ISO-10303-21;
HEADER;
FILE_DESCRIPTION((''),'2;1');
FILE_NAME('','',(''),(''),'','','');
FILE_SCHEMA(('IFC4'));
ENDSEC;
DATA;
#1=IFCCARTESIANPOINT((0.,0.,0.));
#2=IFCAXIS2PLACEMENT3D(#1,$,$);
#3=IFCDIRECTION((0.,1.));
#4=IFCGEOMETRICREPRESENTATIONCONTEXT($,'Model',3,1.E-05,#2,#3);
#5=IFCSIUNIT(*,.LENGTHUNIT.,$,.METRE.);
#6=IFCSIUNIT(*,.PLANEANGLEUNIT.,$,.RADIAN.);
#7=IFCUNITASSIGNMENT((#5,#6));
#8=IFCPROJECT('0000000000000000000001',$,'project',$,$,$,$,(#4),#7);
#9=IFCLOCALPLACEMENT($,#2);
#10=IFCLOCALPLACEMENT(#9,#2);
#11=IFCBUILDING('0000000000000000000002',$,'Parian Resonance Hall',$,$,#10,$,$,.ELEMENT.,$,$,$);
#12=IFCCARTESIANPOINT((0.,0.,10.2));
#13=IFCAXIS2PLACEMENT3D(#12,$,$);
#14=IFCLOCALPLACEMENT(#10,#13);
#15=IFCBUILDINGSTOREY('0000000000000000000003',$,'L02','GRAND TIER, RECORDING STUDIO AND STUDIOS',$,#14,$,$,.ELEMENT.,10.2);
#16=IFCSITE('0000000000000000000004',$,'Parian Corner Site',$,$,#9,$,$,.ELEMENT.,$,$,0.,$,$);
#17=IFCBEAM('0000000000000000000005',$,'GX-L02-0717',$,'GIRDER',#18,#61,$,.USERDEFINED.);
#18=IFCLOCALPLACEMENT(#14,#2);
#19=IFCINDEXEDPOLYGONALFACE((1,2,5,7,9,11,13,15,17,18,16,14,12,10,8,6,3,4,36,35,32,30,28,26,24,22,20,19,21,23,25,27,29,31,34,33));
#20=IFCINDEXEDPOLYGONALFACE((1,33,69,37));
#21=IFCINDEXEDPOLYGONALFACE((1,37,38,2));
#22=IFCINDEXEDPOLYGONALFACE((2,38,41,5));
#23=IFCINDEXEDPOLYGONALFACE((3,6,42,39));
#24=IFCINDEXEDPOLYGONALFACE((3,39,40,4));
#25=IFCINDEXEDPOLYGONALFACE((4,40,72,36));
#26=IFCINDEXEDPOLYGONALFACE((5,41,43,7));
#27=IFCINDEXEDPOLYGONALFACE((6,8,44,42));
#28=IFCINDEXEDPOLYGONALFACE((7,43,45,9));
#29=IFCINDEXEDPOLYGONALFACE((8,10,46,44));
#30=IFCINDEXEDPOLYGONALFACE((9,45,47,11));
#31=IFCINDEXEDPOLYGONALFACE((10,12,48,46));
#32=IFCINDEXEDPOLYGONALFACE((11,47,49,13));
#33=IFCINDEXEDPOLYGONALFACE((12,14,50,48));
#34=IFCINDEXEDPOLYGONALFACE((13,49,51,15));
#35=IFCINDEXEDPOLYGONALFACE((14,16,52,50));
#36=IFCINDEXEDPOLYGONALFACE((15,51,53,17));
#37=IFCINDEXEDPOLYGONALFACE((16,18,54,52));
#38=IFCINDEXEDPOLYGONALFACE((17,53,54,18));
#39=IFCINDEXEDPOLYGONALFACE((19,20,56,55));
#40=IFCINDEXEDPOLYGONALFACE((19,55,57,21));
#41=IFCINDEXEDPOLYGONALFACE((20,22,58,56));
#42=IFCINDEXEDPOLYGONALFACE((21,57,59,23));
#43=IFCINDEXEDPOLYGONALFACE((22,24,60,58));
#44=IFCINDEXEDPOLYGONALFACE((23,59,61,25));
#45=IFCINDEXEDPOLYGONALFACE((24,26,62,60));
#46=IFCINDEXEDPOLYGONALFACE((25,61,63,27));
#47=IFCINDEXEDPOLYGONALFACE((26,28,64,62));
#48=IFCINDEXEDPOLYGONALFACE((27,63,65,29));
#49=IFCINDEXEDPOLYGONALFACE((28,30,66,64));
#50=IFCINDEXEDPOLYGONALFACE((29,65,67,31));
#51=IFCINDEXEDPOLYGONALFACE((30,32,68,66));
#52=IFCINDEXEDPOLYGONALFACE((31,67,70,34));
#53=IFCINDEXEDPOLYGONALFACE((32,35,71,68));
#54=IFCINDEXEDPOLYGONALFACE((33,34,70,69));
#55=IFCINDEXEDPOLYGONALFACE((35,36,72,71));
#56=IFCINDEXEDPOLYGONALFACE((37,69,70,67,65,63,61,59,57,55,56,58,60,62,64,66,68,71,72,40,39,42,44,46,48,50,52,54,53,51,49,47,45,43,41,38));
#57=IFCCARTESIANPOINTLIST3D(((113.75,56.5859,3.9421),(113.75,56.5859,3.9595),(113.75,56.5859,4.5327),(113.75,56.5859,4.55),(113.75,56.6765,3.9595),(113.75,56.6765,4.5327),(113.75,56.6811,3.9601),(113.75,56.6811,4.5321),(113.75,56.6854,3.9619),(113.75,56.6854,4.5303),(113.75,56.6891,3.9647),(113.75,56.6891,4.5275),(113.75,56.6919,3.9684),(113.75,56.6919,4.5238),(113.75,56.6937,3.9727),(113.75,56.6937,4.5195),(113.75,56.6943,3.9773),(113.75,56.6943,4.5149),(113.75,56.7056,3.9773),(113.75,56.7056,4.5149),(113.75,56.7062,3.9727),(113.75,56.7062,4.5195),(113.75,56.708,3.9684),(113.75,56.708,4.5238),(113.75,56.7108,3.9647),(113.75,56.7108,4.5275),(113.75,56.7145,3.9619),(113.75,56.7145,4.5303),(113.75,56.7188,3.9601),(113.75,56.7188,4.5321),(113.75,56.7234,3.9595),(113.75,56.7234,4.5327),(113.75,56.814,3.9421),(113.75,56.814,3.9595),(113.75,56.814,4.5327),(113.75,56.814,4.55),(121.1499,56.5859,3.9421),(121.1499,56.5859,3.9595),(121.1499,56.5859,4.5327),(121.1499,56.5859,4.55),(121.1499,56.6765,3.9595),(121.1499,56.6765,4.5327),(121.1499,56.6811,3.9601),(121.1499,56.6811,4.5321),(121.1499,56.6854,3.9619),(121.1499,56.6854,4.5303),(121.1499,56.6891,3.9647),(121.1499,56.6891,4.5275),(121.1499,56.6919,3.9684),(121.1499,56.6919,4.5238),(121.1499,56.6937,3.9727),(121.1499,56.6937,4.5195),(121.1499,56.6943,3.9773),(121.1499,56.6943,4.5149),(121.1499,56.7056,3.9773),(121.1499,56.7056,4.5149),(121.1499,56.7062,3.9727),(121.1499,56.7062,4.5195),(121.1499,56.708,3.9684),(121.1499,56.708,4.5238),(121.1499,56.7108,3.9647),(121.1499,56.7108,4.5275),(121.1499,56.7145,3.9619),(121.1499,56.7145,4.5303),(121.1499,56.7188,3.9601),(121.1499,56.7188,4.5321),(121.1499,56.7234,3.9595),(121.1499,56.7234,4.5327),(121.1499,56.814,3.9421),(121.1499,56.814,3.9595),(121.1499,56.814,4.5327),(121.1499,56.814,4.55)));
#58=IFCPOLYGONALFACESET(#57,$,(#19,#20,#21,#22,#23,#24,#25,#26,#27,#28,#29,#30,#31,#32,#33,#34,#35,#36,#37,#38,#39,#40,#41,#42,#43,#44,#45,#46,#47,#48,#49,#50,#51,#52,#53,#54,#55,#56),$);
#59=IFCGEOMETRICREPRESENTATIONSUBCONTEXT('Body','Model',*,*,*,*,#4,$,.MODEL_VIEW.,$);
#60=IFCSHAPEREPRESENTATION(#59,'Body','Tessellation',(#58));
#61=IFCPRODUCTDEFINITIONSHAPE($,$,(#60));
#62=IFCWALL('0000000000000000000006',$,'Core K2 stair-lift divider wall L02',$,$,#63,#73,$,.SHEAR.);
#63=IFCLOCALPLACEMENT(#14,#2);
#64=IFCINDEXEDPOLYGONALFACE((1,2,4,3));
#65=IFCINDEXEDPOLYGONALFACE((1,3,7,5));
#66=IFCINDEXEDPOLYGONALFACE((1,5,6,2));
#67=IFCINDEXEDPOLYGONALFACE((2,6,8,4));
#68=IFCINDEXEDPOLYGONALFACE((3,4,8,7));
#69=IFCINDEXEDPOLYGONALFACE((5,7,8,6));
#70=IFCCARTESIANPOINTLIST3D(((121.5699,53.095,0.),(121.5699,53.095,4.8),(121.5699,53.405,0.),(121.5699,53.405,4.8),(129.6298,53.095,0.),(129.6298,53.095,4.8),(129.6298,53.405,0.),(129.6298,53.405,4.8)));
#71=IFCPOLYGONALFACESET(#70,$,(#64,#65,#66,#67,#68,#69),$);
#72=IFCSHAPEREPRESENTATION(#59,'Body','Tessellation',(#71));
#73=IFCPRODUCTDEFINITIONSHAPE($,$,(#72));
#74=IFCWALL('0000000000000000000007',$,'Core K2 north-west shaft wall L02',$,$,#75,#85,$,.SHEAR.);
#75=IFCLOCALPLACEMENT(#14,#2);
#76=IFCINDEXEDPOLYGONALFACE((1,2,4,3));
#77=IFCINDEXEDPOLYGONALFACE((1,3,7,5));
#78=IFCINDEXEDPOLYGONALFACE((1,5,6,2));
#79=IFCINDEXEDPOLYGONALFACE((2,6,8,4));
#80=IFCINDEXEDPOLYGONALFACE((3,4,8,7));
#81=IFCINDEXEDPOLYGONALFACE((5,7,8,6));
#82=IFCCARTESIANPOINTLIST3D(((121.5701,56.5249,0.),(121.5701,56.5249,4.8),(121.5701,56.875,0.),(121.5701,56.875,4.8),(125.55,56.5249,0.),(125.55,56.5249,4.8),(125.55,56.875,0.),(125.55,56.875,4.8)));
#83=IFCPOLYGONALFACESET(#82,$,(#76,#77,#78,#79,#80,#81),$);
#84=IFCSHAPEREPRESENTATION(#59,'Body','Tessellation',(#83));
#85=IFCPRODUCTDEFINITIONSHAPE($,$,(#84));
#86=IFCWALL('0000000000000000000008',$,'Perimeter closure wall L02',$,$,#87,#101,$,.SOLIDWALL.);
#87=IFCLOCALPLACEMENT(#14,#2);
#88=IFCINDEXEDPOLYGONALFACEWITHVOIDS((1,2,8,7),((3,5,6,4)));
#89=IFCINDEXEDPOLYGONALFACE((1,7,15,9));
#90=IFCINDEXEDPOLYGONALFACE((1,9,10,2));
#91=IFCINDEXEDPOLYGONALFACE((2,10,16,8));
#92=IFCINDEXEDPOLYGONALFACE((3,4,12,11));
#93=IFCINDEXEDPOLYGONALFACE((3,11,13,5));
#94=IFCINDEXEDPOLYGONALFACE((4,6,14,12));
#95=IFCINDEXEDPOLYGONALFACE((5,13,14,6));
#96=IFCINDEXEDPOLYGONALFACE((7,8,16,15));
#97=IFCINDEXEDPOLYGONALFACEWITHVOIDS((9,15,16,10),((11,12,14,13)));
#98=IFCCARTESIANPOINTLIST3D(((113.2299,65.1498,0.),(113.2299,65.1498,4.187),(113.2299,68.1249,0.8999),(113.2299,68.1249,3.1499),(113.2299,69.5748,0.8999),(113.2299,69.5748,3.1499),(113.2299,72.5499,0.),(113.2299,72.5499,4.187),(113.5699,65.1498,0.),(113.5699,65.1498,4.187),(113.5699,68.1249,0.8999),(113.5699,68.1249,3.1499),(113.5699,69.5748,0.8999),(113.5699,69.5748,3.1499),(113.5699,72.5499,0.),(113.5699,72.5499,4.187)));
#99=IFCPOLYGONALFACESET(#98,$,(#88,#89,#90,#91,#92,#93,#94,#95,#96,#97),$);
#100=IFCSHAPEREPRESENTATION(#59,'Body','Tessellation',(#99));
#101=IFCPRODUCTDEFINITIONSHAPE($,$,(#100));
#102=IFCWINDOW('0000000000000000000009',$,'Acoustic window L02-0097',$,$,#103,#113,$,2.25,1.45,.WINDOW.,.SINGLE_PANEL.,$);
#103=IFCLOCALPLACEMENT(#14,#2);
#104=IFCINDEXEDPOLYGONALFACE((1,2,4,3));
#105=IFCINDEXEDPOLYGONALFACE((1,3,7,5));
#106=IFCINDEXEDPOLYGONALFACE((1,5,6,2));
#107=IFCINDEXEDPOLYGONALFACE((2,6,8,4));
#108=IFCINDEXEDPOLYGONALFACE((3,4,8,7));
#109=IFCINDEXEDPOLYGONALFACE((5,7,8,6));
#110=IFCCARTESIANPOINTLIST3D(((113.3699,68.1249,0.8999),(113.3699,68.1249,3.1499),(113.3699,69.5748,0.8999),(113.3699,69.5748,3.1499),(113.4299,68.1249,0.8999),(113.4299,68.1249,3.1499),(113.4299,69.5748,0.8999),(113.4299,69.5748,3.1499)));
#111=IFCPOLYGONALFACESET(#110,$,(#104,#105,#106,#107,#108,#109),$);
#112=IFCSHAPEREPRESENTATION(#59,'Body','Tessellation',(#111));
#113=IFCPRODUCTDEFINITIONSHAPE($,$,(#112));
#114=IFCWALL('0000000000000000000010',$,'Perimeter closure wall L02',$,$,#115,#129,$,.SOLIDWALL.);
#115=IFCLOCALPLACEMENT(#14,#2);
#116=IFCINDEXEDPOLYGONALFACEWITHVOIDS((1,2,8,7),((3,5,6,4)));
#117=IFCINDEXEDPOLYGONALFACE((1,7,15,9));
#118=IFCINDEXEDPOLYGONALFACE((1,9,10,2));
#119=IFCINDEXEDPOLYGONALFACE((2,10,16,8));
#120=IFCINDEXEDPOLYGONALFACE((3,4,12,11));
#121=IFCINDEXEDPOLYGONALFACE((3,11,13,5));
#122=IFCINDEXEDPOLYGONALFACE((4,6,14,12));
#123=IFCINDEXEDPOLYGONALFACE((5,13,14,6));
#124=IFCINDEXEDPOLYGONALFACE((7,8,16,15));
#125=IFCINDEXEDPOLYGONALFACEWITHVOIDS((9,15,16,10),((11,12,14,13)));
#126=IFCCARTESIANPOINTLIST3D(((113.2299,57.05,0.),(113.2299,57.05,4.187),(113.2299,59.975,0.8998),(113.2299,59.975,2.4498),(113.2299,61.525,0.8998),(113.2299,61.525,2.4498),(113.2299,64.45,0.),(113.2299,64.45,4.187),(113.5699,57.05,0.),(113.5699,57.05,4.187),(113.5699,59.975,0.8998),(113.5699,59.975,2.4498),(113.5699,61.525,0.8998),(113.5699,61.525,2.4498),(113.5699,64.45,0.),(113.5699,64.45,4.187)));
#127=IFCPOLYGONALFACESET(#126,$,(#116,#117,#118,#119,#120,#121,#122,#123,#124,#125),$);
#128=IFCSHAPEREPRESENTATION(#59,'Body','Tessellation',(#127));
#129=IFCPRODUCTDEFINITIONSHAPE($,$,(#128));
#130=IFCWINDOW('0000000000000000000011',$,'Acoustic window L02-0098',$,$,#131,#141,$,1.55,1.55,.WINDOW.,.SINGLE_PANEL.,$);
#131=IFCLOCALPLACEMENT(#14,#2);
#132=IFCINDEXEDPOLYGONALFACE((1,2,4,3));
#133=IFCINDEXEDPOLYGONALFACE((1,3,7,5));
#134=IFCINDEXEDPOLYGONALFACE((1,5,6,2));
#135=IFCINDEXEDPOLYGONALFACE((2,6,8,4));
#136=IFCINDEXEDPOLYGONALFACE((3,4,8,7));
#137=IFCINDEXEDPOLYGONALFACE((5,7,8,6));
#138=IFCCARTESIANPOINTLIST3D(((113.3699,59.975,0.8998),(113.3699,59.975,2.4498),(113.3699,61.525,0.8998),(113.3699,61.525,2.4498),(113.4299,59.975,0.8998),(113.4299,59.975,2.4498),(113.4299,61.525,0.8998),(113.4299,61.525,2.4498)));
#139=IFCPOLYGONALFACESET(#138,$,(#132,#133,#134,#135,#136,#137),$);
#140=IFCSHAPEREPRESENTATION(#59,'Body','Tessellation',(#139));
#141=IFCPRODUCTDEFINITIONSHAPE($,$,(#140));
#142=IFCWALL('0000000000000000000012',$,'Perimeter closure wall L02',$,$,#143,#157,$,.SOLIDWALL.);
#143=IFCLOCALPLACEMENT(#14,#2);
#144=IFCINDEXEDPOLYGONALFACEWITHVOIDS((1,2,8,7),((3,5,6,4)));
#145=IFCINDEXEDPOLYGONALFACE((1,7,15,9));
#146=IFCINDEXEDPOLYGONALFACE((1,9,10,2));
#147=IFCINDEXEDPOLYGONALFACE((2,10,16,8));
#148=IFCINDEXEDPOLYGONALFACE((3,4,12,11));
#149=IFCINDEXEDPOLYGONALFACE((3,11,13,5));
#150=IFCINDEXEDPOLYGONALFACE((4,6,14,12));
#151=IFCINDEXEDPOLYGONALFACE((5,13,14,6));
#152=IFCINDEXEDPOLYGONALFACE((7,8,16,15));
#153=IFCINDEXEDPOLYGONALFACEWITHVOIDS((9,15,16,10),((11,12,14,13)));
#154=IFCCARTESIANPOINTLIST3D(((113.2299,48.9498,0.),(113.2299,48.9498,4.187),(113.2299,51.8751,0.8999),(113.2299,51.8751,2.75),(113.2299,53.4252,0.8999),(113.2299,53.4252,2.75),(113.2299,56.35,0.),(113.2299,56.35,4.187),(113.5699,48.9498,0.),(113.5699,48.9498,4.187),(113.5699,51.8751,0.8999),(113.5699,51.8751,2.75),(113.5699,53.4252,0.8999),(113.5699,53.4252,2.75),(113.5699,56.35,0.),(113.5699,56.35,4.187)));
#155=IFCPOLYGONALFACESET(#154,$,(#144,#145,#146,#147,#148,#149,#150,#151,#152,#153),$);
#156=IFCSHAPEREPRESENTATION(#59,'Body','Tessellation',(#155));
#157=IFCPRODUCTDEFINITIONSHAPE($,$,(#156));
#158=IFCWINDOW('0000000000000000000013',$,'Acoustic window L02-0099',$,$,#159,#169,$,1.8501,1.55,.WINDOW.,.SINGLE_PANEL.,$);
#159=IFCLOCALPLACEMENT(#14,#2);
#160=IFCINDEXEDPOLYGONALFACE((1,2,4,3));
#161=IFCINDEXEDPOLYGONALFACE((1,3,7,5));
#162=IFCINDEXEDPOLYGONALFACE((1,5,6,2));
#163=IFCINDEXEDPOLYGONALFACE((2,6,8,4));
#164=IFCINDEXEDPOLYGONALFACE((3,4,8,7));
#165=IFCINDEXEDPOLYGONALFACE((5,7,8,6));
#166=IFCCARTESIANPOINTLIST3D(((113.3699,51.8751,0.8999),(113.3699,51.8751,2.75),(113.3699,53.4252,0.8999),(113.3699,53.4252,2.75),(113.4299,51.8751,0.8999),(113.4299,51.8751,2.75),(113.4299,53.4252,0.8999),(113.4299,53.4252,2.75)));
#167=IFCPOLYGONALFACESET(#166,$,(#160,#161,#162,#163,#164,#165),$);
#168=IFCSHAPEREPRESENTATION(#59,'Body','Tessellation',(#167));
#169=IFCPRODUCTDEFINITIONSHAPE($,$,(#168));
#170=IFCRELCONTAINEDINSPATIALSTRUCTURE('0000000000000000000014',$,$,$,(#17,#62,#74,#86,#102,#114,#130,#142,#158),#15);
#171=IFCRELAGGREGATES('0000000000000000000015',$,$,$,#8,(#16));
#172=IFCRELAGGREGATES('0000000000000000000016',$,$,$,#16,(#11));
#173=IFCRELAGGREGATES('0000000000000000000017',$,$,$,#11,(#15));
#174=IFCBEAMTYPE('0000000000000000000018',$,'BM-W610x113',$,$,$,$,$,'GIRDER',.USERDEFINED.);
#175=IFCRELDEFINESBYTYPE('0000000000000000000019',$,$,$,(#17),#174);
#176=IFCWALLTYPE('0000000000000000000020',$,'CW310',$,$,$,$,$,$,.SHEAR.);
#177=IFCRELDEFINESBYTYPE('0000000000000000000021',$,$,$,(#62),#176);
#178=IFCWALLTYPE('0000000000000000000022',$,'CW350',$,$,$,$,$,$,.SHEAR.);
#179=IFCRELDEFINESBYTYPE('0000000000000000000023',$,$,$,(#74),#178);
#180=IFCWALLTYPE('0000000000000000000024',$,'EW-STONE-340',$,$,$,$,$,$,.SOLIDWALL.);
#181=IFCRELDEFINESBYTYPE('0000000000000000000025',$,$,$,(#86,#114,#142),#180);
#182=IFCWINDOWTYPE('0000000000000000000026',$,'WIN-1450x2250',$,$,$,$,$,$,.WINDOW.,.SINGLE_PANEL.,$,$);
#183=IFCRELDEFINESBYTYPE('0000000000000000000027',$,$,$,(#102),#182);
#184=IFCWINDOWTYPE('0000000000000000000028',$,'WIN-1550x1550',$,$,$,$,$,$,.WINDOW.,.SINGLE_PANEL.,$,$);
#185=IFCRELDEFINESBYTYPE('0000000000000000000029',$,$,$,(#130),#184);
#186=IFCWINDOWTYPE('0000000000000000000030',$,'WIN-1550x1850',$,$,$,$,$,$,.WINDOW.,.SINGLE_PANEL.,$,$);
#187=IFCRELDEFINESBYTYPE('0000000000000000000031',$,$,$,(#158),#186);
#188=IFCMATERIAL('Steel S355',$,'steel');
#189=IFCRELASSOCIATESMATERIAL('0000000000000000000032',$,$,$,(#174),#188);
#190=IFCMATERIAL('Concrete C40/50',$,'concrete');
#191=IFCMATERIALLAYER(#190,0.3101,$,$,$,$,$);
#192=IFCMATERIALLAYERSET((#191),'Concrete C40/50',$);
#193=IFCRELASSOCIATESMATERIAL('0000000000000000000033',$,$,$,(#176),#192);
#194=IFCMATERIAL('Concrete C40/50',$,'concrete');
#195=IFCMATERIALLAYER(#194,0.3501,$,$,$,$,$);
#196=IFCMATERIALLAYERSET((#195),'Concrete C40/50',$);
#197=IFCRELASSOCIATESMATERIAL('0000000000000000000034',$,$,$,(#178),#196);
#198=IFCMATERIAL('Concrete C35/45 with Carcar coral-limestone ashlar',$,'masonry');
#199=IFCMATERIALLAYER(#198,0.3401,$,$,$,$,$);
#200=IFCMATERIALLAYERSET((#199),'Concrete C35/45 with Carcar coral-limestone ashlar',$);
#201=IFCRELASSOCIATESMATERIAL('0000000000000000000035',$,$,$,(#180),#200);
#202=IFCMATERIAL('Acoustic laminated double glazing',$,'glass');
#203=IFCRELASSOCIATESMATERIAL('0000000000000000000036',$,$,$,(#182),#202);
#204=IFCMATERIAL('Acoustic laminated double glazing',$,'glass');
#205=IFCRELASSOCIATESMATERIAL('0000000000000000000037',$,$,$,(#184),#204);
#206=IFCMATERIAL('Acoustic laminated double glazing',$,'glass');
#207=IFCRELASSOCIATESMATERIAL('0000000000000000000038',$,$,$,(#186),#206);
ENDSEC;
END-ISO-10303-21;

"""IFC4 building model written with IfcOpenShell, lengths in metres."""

from ifc_helpers import new_model, si_unit, direction, frame, frame_2d, origin, origin_2d, place, context, subcontext, project, spatial, rectangle, i_section, extrude, material, layer, layer_set, material_profile, profile_set, type_object, element, fill, save


model = new_model("IFC4")

# Units and contexts
model_context = context("Model", 3, precision=1e-05, world=origin(), true_north=direction((0.0, 1.0)))
body_context = subcontext(model_context, "Body", "Model", "MODEL_VIEW")
ifc_project = project(units=[si_unit("LENGTHUNIT", "METRE"), si_unit("PLANEANGLEUNIT", "RADIAN")], contexts=[model_context])

# Site, building, storey
site_placement = place(None, origin())
site = spatial("IfcSite", under=ifc_project, at=site_placement, Name="Parian Corner Site", CompositionType="ELEMENT", RefElevation=0.0)
building_placement = place(site_placement, origin())
building = spatial("IfcBuilding", under=site, at=building_placement, Name="Parian Resonance Hall", CompositionType="ELEMENT")
storey_placement = place(building_placement, frame((0.0, 0.0, 10.2)))
storey = spatial("IfcBuildingStorey", under=building, at=storey_placement, Name="L02", Description="GRAND TIER, RECORDING STUDIO AND STUDIOS", CompositionType="ELEMENT", Elevation=10.2)

# Beam
ifc_material_1 = material(Name="Steel S355", Category="steel")
ifc_material_profile_1 = material_profile(ifc_material_1, i_section(OverallWidth=0.228, OverallDepth=0.6079, WebThickness=0.0112, FlangeThickness=0.0173, FilletRadius=0.0178, at=origin_2d()), Name="W610x113")
ifc_profile_set_1 = profile_set([ifc_material_profile_1], Name="Steel S355")
beam_type_1 = type_object("IfcBeamType", Name="BM-W610x113", ElementType="GIRDER", PredefinedType="USERDEFINED", material=ifc_profile_set_1)
beam_1_placement = place(storey_placement, frame((113.75, 56.7, 4.2461), z_axis=(1.0, 0.0, 0.0), x_axis=(0.0, 1.0, 0.0)))
element("IfcBeam", 1, at=beam_1_placement, inside=storey, type_object=beam_type_1, Name="GX-L02-0717", ObjectType="GIRDER", PredefinedType="USERDEFINED", context=body_context, shape_type="SweptSolid", body=[
    extrude(i_section(OverallWidth=0.228, OverallDepth=0.6079, WebThickness=0.0112, FlangeThickness=0.0173, FilletRadius=0.0178, at=origin_2d()), origin(), (0.0, 0.0, 1.0), 7.3999),
])

# Walls
ifc_material_2 = material(Name="Concrete C40/50", Category="concrete")
ifc_layer_1 = layer(ifc_material_2, 0.3101)
ifc_layer_set_1 = layer_set([ifc_layer_1], Name="Concrete C40/50")
wall_type_1 = type_object("IfcWallType", Name="CW310", PredefinedType="SHEAR", material=ifc_layer_set_1)
wall_1_placement = place(storey_placement, frame((121.5701, 53.25, 0.0), z_axis=(0.0, 0.0, 1.0), x_axis=(1.0, 0.0, 0.0)))
element("IfcWall", 2, at=wall_1_placement, inside=storey, type_object=wall_type_1, Name="Core K2 stair-lift divider wall L02", PredefinedType="SHEAR", context=body_context, shape_type="SweptSolid", body=[
    extrude(rectangle(XDim=8.0598, YDim=0.3101, at=frame_2d((4.0298, 0.0))), origin(), (0.0, 0.0, 1.0), 4.8),
])
ifc_material_3 = material(Name="Concrete C40/50", Category="concrete")
ifc_layer_2 = layer(ifc_material_3, 0.3501)
ifc_layer_set_2 = layer_set([ifc_layer_2], Name="Concrete C40/50")
wall_type_2 = type_object("IfcWallType", Name="CW350", PredefinedType="SHEAR", material=ifc_layer_set_2)
wall_2_placement = place(storey_placement, frame((121.5701, 56.7, 0.0), z_axis=(0.0, 0.0, 1.0), x_axis=(1.0, 0.0, 0.0)))
element("IfcWall", 3, at=wall_2_placement, inside=storey, type_object=wall_type_2, Name="Core K2 north-west shaft wall L02", PredefinedType="SHEAR", context=body_context, shape_type="SweptSolid", body=[
    extrude(rectangle(XDim=3.98, YDim=0.3501, at=frame_2d((1.99, 0.0))), origin(), (0.0, 0.0, 1.0), 4.8),
])

# Walls, openings, windows
ifc_material_4 = material(Name="Concrete C35/45 with Carcar coral-limestone ashlar", Category="masonry")
ifc_layer_3 = layer(ifc_material_4, 0.3401)
ifc_layer_set_3 = layer_set([ifc_layer_3], Name="Concrete C35/45 with Carcar coral-limestone ashlar")
wall_type_3 = type_object("IfcWallType", Name="EW-STONE-340", PredefinedType="SOLIDWALL", material=ifc_layer_set_3)
wall_3_placement = place(storey_placement, frame((113.3999, 72.55, 0.0), z_axis=(0.0, 0.0, 1.0), x_axis=(0.0, -1.0, 0.0)))
wall_3 = element("IfcWall", 4, at=wall_3_placement, inside=storey, type_object=wall_type_3, Name="Perimeter closure wall L02", PredefinedType="SOLIDWALL", context=body_context, shape_type="SweptSolid", body=[
    extrude(rectangle(XDim=7.4001, YDim=0.3401, at=frame_2d((3.7002, 0.0))), origin(), (0.0, 0.0, 1.0), 4.187),
])
opening_1_placement = place(wall_3_placement, frame((2.9751, 0.0, 0.8999)))
opening_1 = element("IfcOpeningElement", 5, at=opening_1_placement, cuts=wall_3, PredefinedType="OPENING", context=body_context, shape_type="SweptSolid", body=[
    extrude(rectangle(XDim=1.45, YDim=2.25, at=frame_2d((0.7251, 1.125))), frame((0.0, 0.1799, 0.0), z_axis=(0.0, -1.0, 0.0), x_axis=(1.0, 0.0, 0.0)), (0.0, 0.0, 1.0), 0.3601),
])
ifc_material_5 = material(Name="Acoustic laminated double glazing", Category="glass")
window_type_1 = type_object("IfcWindowType", Name="WIN-1450x2250", PartitioningType="SINGLE_PANEL", PredefinedType="WINDOW", material=ifc_material_5)
window_1_placement = place(opening_1_placement, origin())
window_1 = element("IfcWindow", 6, at=window_1_placement, inside=storey, type_object=window_type_1, Name="Acoustic window L02-0097", OverallHeight=2.25, OverallWidth=1.45, PartitioningType="SINGLE_PANEL", PredefinedType="WINDOW", context=body_context, shape_type="SweptSolid", body=[
    extrude(rectangle(XDim=1.45, YDim=2.25, at=frame_2d((0.7251, 1.125))), frame((0.0, 0.03, 0.0), z_axis=(0.0, -1.0, 0.0), x_axis=(1.0, 0.0, 0.0)), (0.0, 0.0, 1.0), 0.0601),
])
fill(opening_1, window_1)
wall_4_placement = place(storey_placement, frame((113.3999, 64.45, 0.0), z_axis=(0.0, 0.0, 1.0), x_axis=(0.0, -1.0, 0.0)))
wall_4 = element("IfcWall", 7, at=wall_4_placement, inside=storey, type_object=wall_type_3, Name="Perimeter closure wall L02", PredefinedType="SOLIDWALL", context=body_context, shape_type="SweptSolid", body=[
    extrude(rectangle(XDim=7.3999, YDim=0.3401, at=frame_2d((3.7, 0.0))), origin(), (0.0, 0.0, 1.0), 4.187),
])
opening_2_placement = place(wall_4_placement, frame((2.925, 0.0, 0.8999)))
opening_2 = element("IfcOpeningElement", 8, at=opening_2_placement, cuts=wall_4, PredefinedType="OPENING", context=body_context, shape_type="SweptSolid", body=[
    extrude(rectangle(XDim=1.55, YDim=1.55, at=frame_2d((0.7749, 0.7749))), frame((0.0, 0.1799, 0.0), z_axis=(0.0, -1.0, 0.0), x_axis=(1.0, 0.0, 0.0)), (0.0, 0.0, 1.0), 0.3601),
])
ifc_material_6 = material(Name="Acoustic laminated double glazing", Category="glass")
window_type_2 = type_object("IfcWindowType", Name="WIN-1550x1550", PartitioningType="SINGLE_PANEL", PredefinedType="WINDOW", material=ifc_material_6)
window_2_placement = place(opening_2_placement, origin())
window_2 = element("IfcWindow", 9, at=window_2_placement, inside=storey, type_object=window_type_2, Name="Acoustic window L02-0098", OverallHeight=1.55, OverallWidth=1.55, PartitioningType="SINGLE_PANEL", PredefinedType="WINDOW", context=body_context, shape_type="SweptSolid", body=[
    extrude(rectangle(XDim=1.55, YDim=1.55, at=frame_2d((0.7749, 0.7749))), frame((0.0, 0.03, 0.0), z_axis=(0.0, -1.0, 0.0), x_axis=(1.0, 0.0, 0.0)), (0.0, 0.0, 1.0), 0.0601),
])
fill(opening_2, window_2)
wall_5_placement = place(storey_placement, frame((113.3999, 56.3501, 0.0), z_axis=(0.0, 0.0, 1.0), x_axis=(0.0, -1.0, 0.0)))
wall_5 = element("IfcWall", 10, at=wall_5_placement, inside=storey, type_object=wall_type_3, Name="Perimeter closure wall L02", PredefinedType="SOLIDWALL", context=body_context, shape_type="SweptSolid", body=[
    extrude(rectangle(XDim=7.4001, YDim=0.3401, at=frame_2d((3.7002, 0.0))), origin(), (0.0, 0.0, 1.0), 4.187),
])
opening_3_placement = place(wall_5_placement, frame((2.925, 0.0, 0.8999)))
opening_3 = element("IfcOpeningElement", 11, at=opening_3_placement, cuts=wall_5, PredefinedType="OPENING", context=body_context, shape_type="SweptSolid", body=[
    extrude(rectangle(XDim=1.55, YDim=1.8501, at=frame_2d((0.7749, 0.925))), frame((0.0, 0.1799, 0.0), z_axis=(0.0, -1.0, 0.0), x_axis=(1.0, 0.0, 0.0)), (0.0, 0.0, 1.0), 0.3601),
])
ifc_material_7 = material(Name="Acoustic laminated double glazing", Category="glass")
window_type_3 = type_object("IfcWindowType", Name="WIN-1550x1850", PartitioningType="SINGLE_PANEL", PredefinedType="WINDOW", material=ifc_material_7)
window_3_placement = place(opening_3_placement, origin())
window_3 = element("IfcWindow", 12, at=window_3_placement, inside=storey, type_object=window_type_3, Name="Acoustic window L02-0099", OverallHeight=1.8501, OverallWidth=1.55, PartitioningType="SINGLE_PANEL", PredefinedType="WINDOW", context=body_context, shape_type="SweptSolid", body=[
    extrude(rectangle(XDim=1.55, YDim=1.8501, at=frame_2d((0.7749, 0.925))), frame((0.0, 0.03, 0.0), z_axis=(0.0, -1.0, 0.0), x_axis=(1.0, 0.0, 0.0)), (0.0, 0.0, 1.0), 0.0601),
])
fill(opening_3, window_3)

save(model, "model.ifc")
